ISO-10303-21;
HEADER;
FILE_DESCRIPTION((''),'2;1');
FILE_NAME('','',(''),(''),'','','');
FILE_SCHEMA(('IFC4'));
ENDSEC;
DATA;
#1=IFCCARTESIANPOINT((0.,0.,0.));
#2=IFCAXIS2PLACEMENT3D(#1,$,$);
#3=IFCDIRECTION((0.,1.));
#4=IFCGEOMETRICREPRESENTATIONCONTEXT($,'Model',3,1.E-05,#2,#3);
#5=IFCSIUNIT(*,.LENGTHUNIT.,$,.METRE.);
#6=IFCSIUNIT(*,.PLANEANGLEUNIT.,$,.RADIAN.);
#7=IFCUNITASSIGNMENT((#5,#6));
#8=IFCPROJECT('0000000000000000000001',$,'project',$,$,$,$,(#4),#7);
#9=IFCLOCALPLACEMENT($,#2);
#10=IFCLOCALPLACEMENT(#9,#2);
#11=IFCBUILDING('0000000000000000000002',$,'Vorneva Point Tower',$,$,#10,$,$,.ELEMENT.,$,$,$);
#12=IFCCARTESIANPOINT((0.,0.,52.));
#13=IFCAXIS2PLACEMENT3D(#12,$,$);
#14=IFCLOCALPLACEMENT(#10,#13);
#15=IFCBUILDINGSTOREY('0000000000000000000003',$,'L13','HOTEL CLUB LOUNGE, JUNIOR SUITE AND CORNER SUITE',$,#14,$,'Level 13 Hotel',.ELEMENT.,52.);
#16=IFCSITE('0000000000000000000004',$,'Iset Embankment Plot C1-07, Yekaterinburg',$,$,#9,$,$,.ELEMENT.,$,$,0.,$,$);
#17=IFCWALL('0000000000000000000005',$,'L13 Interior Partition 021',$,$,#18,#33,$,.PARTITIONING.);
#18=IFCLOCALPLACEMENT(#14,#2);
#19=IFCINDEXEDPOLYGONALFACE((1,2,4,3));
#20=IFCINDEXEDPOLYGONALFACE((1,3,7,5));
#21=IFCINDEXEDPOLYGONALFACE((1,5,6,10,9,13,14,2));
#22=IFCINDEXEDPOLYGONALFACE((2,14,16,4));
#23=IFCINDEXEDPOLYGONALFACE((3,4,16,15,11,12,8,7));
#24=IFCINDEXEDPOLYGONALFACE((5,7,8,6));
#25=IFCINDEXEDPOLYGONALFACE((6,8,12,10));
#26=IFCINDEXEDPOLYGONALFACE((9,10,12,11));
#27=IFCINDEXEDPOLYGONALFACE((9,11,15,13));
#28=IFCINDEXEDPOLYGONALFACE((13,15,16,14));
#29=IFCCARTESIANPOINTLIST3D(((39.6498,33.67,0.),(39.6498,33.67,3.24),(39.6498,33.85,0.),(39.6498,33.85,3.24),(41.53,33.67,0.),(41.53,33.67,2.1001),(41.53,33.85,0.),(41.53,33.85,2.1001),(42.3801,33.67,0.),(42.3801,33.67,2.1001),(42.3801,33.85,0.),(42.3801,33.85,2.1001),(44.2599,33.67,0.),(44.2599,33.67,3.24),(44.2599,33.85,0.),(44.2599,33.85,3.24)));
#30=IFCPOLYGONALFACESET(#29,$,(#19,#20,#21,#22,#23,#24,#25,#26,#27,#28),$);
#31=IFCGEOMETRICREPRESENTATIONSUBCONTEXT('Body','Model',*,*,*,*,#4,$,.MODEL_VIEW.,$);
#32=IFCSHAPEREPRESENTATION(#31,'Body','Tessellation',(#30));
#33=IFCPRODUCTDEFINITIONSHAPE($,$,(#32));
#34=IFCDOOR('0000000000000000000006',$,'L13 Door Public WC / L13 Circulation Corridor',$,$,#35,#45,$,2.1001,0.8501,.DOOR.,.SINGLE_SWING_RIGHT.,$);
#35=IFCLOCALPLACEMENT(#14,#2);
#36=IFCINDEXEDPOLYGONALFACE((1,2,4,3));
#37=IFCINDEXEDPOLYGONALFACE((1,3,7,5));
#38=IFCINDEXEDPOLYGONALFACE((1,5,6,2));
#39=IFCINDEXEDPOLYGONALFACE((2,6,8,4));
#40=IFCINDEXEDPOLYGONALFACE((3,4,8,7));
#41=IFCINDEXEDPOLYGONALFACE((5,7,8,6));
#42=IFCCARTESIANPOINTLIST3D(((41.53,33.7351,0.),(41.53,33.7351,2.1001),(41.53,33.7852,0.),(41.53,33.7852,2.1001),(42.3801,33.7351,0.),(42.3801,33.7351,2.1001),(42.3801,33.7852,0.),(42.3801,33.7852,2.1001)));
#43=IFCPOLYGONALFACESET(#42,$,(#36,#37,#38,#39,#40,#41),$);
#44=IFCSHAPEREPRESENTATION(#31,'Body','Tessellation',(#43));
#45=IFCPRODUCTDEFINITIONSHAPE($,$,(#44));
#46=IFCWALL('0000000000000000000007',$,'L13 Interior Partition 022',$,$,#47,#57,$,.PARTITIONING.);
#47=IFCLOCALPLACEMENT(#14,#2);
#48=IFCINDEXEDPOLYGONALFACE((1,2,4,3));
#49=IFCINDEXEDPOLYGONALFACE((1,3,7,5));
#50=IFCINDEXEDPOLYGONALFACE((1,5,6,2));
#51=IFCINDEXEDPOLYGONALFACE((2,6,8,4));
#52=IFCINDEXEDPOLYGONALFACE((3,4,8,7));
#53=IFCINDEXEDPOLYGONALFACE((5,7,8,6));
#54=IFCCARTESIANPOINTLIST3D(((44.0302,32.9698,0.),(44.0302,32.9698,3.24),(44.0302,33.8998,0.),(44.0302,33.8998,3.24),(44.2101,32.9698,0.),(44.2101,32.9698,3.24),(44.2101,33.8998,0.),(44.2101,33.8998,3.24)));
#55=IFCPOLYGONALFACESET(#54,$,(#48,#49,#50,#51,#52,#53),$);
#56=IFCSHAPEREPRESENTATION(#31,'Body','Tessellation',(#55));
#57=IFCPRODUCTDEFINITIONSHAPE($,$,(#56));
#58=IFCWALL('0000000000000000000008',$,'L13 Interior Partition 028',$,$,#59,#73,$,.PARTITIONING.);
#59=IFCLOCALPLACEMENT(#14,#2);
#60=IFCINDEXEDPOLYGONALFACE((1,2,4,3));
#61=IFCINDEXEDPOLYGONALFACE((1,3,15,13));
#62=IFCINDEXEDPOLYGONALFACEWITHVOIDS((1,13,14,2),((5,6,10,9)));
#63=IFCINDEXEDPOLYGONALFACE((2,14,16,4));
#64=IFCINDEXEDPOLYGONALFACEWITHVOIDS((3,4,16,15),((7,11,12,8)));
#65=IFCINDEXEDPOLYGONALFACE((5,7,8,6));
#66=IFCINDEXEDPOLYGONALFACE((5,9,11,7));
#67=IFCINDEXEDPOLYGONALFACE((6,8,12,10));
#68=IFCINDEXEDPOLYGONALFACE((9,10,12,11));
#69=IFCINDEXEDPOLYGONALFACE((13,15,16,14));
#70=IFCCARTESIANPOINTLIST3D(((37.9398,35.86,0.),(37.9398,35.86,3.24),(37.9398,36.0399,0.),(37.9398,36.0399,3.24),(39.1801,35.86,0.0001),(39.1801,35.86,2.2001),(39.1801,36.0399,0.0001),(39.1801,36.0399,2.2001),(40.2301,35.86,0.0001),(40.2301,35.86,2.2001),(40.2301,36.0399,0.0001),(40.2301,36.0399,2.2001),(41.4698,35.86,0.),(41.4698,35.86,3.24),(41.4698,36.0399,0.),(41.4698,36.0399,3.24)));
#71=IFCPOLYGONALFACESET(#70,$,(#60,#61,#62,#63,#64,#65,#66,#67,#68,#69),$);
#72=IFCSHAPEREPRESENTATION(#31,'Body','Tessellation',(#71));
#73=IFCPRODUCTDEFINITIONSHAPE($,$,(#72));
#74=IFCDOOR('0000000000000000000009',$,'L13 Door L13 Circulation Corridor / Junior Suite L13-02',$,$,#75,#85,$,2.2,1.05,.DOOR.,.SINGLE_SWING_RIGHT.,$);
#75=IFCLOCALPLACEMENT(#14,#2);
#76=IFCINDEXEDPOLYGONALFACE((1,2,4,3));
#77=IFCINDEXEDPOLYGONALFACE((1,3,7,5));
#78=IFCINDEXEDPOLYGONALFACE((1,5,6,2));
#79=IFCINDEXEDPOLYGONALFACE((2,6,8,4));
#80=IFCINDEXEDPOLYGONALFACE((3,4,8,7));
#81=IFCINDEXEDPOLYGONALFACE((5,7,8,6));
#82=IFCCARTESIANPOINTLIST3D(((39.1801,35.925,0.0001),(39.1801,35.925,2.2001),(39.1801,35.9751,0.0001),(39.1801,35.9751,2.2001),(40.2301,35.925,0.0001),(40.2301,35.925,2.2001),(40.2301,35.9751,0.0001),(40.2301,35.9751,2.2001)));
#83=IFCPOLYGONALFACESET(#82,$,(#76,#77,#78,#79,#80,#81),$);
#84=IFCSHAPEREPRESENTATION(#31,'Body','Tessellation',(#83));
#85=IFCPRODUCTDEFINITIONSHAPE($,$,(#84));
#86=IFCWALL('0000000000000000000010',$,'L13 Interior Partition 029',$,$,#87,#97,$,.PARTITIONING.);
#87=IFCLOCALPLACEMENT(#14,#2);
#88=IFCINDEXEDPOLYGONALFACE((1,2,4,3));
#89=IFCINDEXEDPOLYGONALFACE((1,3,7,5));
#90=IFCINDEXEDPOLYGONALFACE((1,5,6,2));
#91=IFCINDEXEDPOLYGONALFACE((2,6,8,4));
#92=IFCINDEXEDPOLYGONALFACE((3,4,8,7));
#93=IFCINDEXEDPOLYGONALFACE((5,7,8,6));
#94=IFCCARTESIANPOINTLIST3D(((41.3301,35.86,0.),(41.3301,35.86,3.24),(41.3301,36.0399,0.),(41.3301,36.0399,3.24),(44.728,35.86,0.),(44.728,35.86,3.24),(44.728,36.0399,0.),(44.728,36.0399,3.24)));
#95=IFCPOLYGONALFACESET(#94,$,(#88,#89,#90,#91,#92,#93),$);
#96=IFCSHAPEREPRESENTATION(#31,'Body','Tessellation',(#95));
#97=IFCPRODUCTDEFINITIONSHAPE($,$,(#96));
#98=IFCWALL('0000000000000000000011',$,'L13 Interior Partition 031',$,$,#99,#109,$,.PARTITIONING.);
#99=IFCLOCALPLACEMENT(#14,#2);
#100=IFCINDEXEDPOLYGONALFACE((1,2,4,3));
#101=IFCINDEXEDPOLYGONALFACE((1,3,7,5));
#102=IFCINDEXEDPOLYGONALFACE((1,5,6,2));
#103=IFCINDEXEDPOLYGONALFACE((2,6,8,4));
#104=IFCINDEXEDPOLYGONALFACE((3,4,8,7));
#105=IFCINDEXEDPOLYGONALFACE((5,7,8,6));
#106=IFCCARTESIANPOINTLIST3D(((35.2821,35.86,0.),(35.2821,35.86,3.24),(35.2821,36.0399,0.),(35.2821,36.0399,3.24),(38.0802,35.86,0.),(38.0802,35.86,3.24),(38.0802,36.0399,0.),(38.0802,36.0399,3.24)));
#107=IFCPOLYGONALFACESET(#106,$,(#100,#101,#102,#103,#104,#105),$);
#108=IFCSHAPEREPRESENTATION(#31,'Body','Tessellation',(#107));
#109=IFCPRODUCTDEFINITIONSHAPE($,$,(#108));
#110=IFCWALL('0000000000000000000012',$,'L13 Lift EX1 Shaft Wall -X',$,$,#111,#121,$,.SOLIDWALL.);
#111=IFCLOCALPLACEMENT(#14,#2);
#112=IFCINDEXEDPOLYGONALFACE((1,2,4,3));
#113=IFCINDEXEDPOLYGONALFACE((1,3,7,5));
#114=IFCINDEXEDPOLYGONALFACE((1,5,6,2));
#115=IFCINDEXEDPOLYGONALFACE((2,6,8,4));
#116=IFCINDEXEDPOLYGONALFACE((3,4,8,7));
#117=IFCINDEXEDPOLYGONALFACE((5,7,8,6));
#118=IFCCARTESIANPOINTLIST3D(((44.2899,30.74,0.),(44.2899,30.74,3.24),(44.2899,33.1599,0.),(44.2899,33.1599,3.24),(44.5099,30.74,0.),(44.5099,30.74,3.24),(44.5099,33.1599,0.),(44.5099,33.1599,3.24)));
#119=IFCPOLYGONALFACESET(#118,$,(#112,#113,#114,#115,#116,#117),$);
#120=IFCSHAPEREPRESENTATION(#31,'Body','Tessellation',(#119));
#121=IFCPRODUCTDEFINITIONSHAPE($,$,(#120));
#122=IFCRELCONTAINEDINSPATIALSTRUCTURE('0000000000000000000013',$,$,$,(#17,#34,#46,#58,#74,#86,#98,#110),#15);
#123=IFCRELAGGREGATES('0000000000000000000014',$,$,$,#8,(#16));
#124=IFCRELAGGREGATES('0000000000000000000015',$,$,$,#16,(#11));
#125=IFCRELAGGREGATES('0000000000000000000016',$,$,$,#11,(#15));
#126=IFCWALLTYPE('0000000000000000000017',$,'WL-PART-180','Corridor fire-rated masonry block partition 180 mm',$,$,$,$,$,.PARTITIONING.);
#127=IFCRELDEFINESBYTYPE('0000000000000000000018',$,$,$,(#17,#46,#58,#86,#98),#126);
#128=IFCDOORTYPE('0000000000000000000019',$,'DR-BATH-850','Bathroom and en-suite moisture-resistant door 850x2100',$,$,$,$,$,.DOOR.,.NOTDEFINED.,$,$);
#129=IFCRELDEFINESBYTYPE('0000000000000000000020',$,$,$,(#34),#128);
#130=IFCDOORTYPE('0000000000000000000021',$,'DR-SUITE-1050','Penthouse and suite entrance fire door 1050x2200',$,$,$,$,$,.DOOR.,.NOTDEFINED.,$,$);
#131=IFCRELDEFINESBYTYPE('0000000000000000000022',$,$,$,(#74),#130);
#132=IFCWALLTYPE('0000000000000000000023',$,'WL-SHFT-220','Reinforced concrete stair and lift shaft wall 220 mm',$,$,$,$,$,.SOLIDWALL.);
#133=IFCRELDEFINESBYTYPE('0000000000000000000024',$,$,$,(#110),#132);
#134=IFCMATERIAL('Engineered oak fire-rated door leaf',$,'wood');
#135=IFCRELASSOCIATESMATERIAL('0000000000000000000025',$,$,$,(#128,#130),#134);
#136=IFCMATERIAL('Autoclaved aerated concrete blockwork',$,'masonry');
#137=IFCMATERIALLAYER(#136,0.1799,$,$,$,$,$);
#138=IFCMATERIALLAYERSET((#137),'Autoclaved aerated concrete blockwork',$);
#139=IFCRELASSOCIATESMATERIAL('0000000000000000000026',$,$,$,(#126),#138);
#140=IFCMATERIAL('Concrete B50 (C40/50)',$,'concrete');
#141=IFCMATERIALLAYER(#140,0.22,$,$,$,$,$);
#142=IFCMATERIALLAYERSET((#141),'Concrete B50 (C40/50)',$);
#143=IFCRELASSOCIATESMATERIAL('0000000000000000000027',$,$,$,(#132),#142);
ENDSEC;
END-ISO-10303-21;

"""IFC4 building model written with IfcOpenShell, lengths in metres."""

from ifc_helpers import new_model, si_unit, direction, frame, frame_2d, origin, place, context, subcontext, project, spatial, rectangle, extrude, material, layer, layer_set, type_object, element, fill, save


model = new_model("IFC4")

# Units and contexts
model_context = context("Model", 3, precision=1e-05, world=origin(), true_north=direction((0.0, 1.0)))
body_context = subcontext(model_context, "Body", "Model", "MODEL_VIEW")
ifc_project = project(units=[si_unit("LENGTHUNIT", "METRE"), si_unit("PLANEANGLEUNIT", "RADIAN")], contexts=[model_context])

# Site, building, storey
site_placement = place(None, origin())
site = spatial("IfcSite", under=ifc_project, at=site_placement, Name="Iset Embankment Plot C1-07, Yekaterinburg", CompositionType="ELEMENT", RefElevation=0.0)
building_placement = place(site_placement, origin())
building = spatial("IfcBuilding", under=site, at=building_placement, Name="Vorneva Point Tower", CompositionType="ELEMENT")
storey_placement = place(building_placement, frame((0.0, 0.0, 52.0)))
storey = spatial("IfcBuildingStorey", under=building, at=storey_placement, Name="L13", Description="HOTEL CLUB LOUNGE, JUNIOR SUITE AND CORNER SUITE", LongName="Level 13 Hotel", CompositionType="ELEMENT", Elevation=52.0)

# Shared definitions
ifc_material_1 = material(Name="Engineered oak fire-rated door leaf", Category="wood")
door_type_1 = type_object("IfcDoorType", Name="DR-BATH-850", Description="Bathroom and en-suite moisture-resistant door 850x2100", OperationType="NOTDEFINED", PredefinedType="DOOR", material=ifc_material_1)

# Wall, opening, door
ifc_material_2 = material(Name="Autoclaved aerated concrete blockwork", Category="masonry")
ifc_layer_1 = layer(ifc_material_2, 0.1799)
ifc_layer_set_1 = layer_set([ifc_layer_1], Name="Autoclaved aerated concrete blockwork")
wall_type_1 = type_object("IfcWallType", Name="WL-PART-180", Description="Corridor fire-rated masonry block partition 180 mm", PredefinedType="PARTITIONING", material=ifc_layer_set_1)
wall_1_placement = place(storey_placement, frame((44.26, 33.76, 0.0), z_axis=(0.0, 0.0, 1.0), x_axis=(-1.0, 0.0, 0.0)))
wall_1 = element("IfcWall", 1, at=wall_1_placement, inside=storey, type_object=wall_type_1, Name="L13 Interior Partition 021", PredefinedType="PARTITIONING", context=body_context, shape_type="SweptSolid", body=[
    extrude(rectangle(XDim=4.6101, YDim=0.1799, at=frame_2d((2.3052, 0.0))), origin(), (0.0, 0.0, 1.0), 3.24),
])
opening_1_placement = place(wall_1_placement, frame((1.8799, 0.0, 0.0)))
opening_1 = element("IfcOpeningElement", 2, at=opening_1_placement, cuts=wall_1, PredefinedType="OPENING", context=body_context, shape_type="SweptSolid", body=[
    extrude(rectangle(XDim=0.8501, YDim=2.1001, at=frame_2d((0.425, 1.05))), frame((0.0, 0.105, 0.0), z_axis=(0.0, -1.0, 0.0), x_axis=(1.0, 0.0, 0.0)), (0.0, 0.0, 1.0), 0.2097),
])
door_1_placement = place(opening_1_placement, origin())
door_1 = element("IfcDoor", 3, at=door_1_placement, inside=storey, type_object=door_type_1, Name="L13 Door Public WC / L13 Circulation Corridor", OperationType="SINGLE_SWING_RIGHT", OverallHeight=2.1001, OverallWidth=0.8501, PredefinedType="DOOR", context=body_context, shape_type="SweptSolid", body=[
    extrude(rectangle(XDim=0.8501, YDim=2.1001, at=frame_2d((0.425, 1.05))), frame((0.0, 0.0249, 0.0), z_axis=(0.0, -1.0, 0.0), x_axis=(1.0, 0.0, 0.0)), (0.0, 0.0, 1.0), 0.05),
])
fill(opening_1, door_1)

# Wall
wall_2_placement = place(storey_placement, frame((44.1201, 32.97, 0.0), z_axis=(0.0, 0.0, 1.0), x_axis=(0.0, 1.0, 0.0)))
element("IfcWall", 4, at=wall_2_placement, inside=storey, type_object=wall_type_1, Name="L13 Interior Partition 022", PredefinedType="PARTITIONING", context=body_context, shape_type="SweptSolid", body=[
    extrude(rectangle(XDim=0.9299, YDim=0.1799, at=frame_2d((0.4648, 0.0))), origin(), (0.0, 0.0, 1.0), 3.24),
])

# Wall, opening, door
wall_3_placement = place(storey_placement, frame((41.47, 35.95, 0.0), z_axis=(0.0, 0.0, 1.0), x_axis=(-1.0, 0.0, 0.0)))
wall_3 = element("IfcWall", 5, at=wall_3_placement, inside=storey, type_object=wall_type_1, Name="L13 Interior Partition 028", PredefinedType="PARTITIONING", context=body_context, shape_type="SweptSolid", body=[
    extrude(rectangle(XDim=3.53, YDim=0.1799, at=frame_2d((1.7651, 0.0))), origin(), (0.0, 0.0, 1.0), 3.24),
])
opening_2_placement = place(wall_3_placement, frame((1.24, 0.0, 0.0)))
opening_2 = element("IfcOpeningElement", 6, at=opening_2_placement, cuts=wall_3, PredefinedType="OPENING", context=body_context, shape_type="SweptSolid", body=[
    extrude(rectangle(XDim=1.05, YDim=2.2, at=frame_2d((0.5249, 1.1001))), frame((0.0, 0.105, 0.0), z_axis=(0.0, -1.0, 0.0), x_axis=(1.0, 0.0, 0.0)), (0.0, 0.0, 1.0), 0.2097),
])
door_type_2 = type_object("IfcDoorType", Name="DR-SUITE-1050", Description="Penthouse and suite entrance fire door 1050x2200", OperationType="NOTDEFINED", PredefinedType="DOOR", material=ifc_material_1)
door_2_placement = place(opening_2_placement, origin())
door_2 = element("IfcDoor", 7, at=door_2_placement, inside=storey, type_object=door_type_2, Name="L13 Door L13 Circulation Corridor / Junior Suite L13-02", OperationType="SINGLE_SWING_RIGHT", OverallHeight=2.2, OverallWidth=1.05, PredefinedType="DOOR", context=body_context, shape_type="SweptSolid", body=[
    extrude(rectangle(XDim=1.05, YDim=2.2, at=frame_2d((0.5249, 1.1001))), frame((0.0, 0.0249, 0.0), z_axis=(0.0, -1.0, 0.0), x_axis=(1.0, 0.0, 0.0)), (0.0, 0.0, 1.0), 0.05),
])
fill(opening_2, door_2)

# Walls
wall_4_placement = place(storey_placement, frame((44.728, 35.95, 0.0), z_axis=(0.0, 0.0, 1.0), x_axis=(-1.0, 0.0, 0.0)))
element("IfcWall", 8, at=wall_4_placement, inside=storey, type_object=wall_type_1, Name="L13 Interior Partition 029", PredefinedType="PARTITIONING", context=body_context, shape_type="SweptSolid", body=[
    extrude(rectangle(XDim=3.3979, YDim=0.1799, at=frame_2d((1.699, 0.0))), origin(), (0.0, 0.0, 1.0), 3.24),
])
wall_5_placement = place(storey_placement, frame((38.0801, 35.95, 0.0), z_axis=(0.0, 0.0, 1.0), x_axis=(-1.0, 0.0, 0.0)))
element("IfcWall", 9, at=wall_5_placement, inside=storey, type_object=wall_type_1, Name="L13 Interior Partition 031", PredefinedType="PARTITIONING", context=body_context, shape_type="SweptSolid", body=[
    extrude(rectangle(XDim=2.7981, YDim=0.1799, at=frame_2d((1.3989, 0.0))), origin(), (0.0, 0.0, 1.0), 3.24),
])
ifc_material_3 = material(Name="Concrete B50 (C40/50)", Category="concrete")
ifc_layer_2 = layer(ifc_material_3, 0.22)
ifc_layer_set_2 = layer_set([ifc_layer_2], Name="Concrete B50 (C40/50)")
wall_type_2 = type_object("IfcWallType", Name="WL-SHFT-220", Description="Reinforced concrete stair and lift shaft wall 220 mm", PredefinedType="SOLIDWALL", material=ifc_layer_set_2)
wall_6_placement = place(storey_placement, frame((44.3999, 33.1599, 0.0), z_axis=(0.0, 0.0, 1.0), x_axis=(0.0, -1.0, 0.0)))
element("IfcWall", 10, at=wall_6_placement, inside=storey, type_object=wall_type_2, Name="L13 Lift EX1 Shaft Wall -X", PredefinedType="SOLIDWALL", context=body_context, shape_type="SweptSolid", body=[
    extrude(rectangle(XDim=2.4199, YDim=0.22, at=frame_2d((1.21, 0.0))), origin(), (0.0, 0.0, 1.0), 3.24),
])

save(model, "model.ifc")
